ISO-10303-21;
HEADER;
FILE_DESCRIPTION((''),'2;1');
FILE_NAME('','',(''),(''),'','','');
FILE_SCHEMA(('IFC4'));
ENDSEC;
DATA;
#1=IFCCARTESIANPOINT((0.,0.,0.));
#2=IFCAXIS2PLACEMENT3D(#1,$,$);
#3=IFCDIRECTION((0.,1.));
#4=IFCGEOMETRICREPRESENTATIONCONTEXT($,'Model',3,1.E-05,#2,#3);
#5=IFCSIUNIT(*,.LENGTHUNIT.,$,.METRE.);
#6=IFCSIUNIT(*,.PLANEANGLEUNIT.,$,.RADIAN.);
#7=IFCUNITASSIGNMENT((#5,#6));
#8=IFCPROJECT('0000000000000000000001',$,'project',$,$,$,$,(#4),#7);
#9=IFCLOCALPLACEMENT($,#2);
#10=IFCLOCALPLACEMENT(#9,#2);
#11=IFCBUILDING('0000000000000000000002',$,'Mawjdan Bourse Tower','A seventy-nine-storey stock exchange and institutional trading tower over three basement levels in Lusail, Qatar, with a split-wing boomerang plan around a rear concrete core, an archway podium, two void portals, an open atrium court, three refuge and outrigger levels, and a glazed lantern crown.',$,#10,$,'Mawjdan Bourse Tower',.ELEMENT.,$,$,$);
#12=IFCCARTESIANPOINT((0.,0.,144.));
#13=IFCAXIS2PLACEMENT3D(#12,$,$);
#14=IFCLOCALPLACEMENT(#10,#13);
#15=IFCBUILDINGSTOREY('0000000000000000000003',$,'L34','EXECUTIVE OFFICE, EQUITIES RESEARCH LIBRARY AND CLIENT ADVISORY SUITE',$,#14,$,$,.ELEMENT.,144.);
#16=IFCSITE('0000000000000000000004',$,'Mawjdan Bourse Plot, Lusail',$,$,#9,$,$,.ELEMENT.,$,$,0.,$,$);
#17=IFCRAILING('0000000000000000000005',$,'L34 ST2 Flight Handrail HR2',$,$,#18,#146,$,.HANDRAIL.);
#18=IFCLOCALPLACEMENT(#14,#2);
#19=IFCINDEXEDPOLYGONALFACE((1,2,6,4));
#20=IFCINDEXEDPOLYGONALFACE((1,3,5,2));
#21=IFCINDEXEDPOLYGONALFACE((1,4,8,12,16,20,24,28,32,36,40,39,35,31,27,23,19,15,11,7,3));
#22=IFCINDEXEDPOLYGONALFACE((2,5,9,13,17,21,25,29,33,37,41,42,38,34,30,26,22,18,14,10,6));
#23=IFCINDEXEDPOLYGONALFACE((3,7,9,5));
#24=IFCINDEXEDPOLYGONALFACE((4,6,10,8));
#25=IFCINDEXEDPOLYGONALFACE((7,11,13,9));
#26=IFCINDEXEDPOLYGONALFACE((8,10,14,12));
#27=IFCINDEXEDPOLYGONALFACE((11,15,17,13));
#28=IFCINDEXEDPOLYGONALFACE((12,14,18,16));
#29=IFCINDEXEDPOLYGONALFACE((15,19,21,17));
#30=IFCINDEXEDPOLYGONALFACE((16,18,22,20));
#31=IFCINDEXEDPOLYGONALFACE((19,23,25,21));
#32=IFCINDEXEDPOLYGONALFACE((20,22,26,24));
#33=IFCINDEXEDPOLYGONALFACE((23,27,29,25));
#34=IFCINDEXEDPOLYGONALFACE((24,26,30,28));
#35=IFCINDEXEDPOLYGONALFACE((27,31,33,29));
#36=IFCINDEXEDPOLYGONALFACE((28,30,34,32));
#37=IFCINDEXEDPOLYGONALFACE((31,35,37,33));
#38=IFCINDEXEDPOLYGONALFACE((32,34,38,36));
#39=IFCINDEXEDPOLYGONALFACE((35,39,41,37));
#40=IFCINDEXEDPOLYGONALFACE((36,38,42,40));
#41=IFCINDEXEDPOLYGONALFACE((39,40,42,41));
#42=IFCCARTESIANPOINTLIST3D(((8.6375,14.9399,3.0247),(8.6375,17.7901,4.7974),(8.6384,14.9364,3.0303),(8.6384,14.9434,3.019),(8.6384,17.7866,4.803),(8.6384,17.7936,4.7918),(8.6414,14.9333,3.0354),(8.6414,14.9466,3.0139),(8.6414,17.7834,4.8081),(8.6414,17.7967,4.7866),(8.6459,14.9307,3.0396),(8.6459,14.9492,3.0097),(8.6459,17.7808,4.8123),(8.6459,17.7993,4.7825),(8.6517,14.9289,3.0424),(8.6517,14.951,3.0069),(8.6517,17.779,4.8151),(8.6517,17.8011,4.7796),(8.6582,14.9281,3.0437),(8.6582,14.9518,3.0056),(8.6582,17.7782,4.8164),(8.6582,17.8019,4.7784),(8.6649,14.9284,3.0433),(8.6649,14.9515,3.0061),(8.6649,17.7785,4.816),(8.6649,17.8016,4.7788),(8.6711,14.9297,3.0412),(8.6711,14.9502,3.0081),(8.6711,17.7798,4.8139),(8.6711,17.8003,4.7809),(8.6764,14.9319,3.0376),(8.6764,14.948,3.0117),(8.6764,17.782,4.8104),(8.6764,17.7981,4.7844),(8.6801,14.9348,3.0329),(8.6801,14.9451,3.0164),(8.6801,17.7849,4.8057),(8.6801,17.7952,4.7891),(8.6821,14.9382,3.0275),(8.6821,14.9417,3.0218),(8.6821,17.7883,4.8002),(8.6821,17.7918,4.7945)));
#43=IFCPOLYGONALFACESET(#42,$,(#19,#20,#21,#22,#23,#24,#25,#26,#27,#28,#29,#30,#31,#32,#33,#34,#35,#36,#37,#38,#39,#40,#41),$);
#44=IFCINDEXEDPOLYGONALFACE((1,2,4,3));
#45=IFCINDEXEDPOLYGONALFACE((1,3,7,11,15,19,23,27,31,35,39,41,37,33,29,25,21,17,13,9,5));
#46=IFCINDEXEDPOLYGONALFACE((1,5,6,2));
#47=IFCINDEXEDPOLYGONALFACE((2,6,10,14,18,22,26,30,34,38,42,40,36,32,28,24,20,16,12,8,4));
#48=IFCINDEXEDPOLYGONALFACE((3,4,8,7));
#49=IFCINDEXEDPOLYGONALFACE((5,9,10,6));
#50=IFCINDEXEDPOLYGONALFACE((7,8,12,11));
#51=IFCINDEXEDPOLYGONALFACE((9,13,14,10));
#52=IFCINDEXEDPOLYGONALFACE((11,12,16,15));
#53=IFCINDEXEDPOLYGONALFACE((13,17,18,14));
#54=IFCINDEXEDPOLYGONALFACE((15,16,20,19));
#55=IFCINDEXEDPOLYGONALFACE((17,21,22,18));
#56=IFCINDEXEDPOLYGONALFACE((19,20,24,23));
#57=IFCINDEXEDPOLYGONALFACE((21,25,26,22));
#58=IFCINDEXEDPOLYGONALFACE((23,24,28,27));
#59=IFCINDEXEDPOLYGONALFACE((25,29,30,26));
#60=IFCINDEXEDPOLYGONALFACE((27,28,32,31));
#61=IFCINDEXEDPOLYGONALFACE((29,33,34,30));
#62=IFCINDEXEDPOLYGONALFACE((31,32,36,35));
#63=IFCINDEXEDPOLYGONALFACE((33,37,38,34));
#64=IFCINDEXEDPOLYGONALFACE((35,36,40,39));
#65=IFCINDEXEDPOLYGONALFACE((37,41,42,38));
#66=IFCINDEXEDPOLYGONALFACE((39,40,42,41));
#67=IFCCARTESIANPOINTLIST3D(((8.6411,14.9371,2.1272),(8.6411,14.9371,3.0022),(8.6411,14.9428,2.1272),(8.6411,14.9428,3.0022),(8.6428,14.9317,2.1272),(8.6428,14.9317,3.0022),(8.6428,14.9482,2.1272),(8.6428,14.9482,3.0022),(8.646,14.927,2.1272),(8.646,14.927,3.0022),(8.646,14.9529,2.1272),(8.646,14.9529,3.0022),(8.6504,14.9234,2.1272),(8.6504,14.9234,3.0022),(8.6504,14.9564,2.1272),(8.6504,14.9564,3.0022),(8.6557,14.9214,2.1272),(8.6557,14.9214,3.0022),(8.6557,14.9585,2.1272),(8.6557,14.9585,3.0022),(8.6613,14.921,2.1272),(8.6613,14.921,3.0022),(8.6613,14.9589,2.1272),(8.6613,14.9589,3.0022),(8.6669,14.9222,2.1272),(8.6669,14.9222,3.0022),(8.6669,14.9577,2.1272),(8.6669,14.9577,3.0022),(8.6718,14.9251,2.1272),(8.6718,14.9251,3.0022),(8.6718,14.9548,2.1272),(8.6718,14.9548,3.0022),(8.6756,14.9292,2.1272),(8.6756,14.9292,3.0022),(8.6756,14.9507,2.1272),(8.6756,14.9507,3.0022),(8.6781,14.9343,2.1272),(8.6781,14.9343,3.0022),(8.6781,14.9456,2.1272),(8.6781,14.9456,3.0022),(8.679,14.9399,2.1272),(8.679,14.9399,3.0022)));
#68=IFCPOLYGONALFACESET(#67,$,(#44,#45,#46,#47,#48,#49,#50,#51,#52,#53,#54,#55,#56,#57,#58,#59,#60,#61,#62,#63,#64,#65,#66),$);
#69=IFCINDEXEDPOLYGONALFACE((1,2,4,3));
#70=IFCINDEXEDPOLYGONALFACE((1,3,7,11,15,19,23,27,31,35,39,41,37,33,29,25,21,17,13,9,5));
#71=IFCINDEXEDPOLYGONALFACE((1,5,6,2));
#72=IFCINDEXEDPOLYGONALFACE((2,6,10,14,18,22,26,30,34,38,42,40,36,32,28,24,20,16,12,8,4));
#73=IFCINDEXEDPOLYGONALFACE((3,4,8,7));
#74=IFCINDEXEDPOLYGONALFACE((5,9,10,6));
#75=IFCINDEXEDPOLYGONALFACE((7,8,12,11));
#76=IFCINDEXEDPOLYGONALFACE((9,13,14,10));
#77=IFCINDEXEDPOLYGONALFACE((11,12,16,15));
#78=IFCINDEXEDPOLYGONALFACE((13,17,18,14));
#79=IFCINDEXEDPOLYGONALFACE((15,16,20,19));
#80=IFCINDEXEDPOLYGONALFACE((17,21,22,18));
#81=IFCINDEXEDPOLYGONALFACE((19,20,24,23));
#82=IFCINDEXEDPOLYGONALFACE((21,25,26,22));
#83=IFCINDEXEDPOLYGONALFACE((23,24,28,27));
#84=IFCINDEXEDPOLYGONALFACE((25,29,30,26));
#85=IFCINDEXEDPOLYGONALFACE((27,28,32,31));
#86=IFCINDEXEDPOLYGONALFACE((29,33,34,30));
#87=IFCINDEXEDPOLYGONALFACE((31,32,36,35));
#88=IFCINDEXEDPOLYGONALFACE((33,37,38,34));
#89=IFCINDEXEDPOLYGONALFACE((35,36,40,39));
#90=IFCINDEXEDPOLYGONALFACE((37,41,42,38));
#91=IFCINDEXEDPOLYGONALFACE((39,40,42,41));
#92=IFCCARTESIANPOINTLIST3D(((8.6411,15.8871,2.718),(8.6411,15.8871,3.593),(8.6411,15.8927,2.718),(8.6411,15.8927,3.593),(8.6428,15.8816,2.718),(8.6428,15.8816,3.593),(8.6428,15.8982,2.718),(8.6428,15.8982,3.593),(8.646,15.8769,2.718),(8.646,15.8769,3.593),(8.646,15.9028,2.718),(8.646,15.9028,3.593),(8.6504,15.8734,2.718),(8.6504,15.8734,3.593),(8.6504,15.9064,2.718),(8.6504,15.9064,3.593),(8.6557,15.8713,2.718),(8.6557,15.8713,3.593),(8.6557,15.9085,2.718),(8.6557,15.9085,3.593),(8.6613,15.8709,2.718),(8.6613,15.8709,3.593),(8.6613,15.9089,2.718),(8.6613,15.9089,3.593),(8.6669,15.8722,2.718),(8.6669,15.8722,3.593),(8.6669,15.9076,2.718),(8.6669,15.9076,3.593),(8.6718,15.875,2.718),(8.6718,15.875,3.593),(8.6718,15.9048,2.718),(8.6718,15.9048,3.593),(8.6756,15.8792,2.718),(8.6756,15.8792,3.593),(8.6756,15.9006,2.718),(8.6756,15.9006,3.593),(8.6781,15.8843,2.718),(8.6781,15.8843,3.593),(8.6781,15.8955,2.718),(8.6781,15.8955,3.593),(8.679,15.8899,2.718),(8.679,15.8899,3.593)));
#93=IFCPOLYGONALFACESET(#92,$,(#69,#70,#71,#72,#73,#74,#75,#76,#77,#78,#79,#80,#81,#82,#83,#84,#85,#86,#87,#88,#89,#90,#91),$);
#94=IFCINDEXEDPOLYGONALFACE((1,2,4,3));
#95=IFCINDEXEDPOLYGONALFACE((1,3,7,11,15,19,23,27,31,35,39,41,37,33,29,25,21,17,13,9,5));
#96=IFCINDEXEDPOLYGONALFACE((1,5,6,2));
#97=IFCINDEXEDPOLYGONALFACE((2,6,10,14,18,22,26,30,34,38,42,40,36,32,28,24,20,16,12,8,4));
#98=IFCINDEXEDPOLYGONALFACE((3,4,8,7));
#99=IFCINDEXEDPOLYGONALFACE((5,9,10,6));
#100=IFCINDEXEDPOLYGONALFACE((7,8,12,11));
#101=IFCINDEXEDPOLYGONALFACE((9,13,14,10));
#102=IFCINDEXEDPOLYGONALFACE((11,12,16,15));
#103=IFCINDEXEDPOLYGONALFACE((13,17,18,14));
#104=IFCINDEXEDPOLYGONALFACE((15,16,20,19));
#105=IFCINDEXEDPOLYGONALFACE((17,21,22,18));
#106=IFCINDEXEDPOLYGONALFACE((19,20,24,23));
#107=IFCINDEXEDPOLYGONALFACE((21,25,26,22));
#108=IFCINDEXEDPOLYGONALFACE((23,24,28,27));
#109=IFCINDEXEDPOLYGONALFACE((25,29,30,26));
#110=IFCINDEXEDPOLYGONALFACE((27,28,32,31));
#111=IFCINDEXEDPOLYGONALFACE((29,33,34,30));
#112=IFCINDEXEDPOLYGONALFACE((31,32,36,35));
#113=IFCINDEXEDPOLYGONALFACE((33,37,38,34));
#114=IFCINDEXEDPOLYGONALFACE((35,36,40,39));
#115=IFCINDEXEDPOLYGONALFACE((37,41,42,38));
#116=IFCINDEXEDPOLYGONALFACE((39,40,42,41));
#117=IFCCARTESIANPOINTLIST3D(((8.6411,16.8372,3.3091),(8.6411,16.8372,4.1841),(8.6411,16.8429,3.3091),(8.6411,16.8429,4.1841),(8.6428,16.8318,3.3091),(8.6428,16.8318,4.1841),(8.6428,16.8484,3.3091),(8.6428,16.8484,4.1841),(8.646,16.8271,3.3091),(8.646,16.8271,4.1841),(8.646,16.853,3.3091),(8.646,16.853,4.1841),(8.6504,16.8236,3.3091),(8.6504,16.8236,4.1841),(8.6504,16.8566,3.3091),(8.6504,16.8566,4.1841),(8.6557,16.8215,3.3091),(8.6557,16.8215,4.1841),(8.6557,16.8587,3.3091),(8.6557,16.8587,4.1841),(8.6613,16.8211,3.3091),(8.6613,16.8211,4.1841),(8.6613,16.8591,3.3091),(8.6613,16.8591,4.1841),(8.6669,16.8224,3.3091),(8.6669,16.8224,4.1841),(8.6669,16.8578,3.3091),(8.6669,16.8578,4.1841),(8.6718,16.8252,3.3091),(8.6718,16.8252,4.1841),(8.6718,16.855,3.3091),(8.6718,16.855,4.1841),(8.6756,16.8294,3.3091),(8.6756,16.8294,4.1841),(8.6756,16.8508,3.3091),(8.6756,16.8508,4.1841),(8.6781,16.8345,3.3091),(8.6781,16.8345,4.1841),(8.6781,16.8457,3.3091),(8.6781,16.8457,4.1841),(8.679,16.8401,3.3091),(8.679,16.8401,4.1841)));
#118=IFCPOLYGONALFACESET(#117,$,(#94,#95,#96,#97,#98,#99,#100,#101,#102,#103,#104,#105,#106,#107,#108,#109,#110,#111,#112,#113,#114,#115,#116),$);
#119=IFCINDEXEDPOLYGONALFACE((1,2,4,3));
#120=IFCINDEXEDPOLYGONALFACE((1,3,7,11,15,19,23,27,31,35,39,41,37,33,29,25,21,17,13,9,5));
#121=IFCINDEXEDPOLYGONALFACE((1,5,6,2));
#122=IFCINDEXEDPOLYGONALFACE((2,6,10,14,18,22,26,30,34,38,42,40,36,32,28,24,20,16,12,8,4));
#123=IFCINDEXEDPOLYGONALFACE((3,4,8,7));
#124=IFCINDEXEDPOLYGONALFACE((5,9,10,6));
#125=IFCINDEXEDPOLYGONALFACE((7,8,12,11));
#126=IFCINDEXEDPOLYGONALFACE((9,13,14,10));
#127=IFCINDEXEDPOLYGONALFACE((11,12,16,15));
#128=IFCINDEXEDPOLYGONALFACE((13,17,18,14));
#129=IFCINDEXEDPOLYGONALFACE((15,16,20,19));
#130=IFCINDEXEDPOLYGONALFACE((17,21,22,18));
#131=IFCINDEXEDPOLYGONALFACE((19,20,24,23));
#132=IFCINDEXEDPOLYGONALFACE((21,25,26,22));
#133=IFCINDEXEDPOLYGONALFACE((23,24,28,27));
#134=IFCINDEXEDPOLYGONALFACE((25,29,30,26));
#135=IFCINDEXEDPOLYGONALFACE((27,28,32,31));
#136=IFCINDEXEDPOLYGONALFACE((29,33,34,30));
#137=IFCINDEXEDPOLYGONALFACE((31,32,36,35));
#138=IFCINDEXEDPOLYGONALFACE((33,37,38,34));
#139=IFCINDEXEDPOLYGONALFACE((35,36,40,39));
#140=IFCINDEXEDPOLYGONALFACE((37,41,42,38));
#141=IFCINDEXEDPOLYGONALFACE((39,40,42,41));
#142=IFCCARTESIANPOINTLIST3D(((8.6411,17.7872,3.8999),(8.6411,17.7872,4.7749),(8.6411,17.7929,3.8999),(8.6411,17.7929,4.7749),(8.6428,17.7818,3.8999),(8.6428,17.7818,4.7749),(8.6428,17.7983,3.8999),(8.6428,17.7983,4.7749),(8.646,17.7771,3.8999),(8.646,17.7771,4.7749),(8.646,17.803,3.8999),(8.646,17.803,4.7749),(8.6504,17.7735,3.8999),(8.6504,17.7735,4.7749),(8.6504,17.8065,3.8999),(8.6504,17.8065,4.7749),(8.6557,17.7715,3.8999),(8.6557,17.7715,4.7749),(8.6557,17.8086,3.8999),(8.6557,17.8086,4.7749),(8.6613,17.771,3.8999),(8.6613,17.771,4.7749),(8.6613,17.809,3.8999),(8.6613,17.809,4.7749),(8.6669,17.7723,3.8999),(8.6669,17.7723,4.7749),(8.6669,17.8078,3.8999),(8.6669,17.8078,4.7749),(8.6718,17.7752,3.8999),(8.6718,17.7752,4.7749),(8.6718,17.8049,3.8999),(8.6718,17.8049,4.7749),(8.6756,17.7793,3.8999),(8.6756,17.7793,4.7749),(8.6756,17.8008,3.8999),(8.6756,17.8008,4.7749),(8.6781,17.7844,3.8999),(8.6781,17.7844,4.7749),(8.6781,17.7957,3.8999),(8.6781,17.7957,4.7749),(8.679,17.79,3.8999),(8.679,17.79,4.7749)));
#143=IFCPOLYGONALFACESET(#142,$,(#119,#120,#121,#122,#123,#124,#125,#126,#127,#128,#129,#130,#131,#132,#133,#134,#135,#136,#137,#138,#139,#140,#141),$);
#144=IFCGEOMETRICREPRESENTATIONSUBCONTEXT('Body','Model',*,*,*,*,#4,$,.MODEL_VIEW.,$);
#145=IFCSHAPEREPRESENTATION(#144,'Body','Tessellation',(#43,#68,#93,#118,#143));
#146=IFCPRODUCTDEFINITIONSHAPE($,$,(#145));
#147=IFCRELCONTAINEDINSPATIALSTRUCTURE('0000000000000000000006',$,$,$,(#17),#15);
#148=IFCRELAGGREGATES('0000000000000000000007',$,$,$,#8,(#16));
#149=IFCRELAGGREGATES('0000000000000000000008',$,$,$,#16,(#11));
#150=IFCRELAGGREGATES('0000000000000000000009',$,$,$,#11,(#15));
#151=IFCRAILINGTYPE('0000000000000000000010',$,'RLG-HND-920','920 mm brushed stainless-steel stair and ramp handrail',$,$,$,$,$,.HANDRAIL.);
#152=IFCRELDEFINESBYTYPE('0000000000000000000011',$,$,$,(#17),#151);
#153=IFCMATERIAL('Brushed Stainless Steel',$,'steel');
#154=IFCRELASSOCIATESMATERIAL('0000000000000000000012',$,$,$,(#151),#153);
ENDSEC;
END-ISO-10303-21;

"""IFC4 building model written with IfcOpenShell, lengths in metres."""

from ifc_helpers import new_model, si_unit, direction, frame, origin, origin_2d, place, context, subcontext, project, spatial, circle, extrude, material, type_object, element, save


model = new_model("IFC4")

# Units and contexts
model_context = context("Model", 3, precision=1e-05, world=origin(), true_north=direction((0.0, 1.0)))
body_context = subcontext(model_context, "Body", "Model", "MODEL_VIEW")
ifc_project = project(units=[si_unit("LENGTHUNIT", "METRE"), si_unit("PLANEANGLEUNIT", "RADIAN")], contexts=[model_context])

# Site, building, storey
site_placement = place(None, origin())
site = spatial("IfcSite", under=ifc_project, at=site_placement, Name="Mawjdan Bourse Plot, Lusail", CompositionType="ELEMENT", RefElevation=0.0)
building_placement = place(site_placement, origin())
building = spatial("IfcBuilding", under=site, at=building_placement, Name="Mawjdan Bourse Tower", Description="A seventy-nine-storey stock exchange and institutional trading tower over three basement levels in Lusail, Qatar, with a split-wing boomerang plan around a rear concrete core, an archway podium, two void portals, an open atrium court, three refuge and outrigger levels, and a glazed lantern crown.", LongName="Mawjdan Bourse Tower", CompositionType="ELEMENT")
storey_placement = place(building_placement, frame((0.0, 0.0, 144.0)))
storey = spatial("IfcBuildingStorey", under=building, at=storey_placement, Name="L34", Description="EXECUTIVE OFFICE, EQUITIES RESEARCH LIBRARY AND CLIENT ADVISORY SUITE", CompositionType="ELEMENT", Elevation=144.0)

# Shared definitions
ifc_material_1 = material(Name="Brushed Stainless Steel", Category="steel")

# Railing
railing_type_1 = type_object("IfcRailingType", Name="RLG-HND-920", Description="920 mm brushed stainless-steel stair and ramp handrail", PredefinedType="HANDRAIL", material=ifc_material_1)
railing_placement = place(storey_placement, frame((8.6599, 14.9399, 2.1272)))
element("IfcRailing", 1, at=railing_placement, inside=storey, type_object=railing_type_1, Name="L34 ST2 Flight Handrail HR2", PredefinedType="HANDRAIL", context=body_context, shape_type="SweptSolid", body=[
    extrude(circle(Radius=0.0225, at=origin_2d()), frame((0.0, 0.0, 0.8975), z_axis=(0.0, 0.849149, 0.528154), x_axis=(-1.0, 0.0, 0.0)), (0.0, 0.0, 1.0), 3.3564),
    extrude(circle(Radius=0.019, at=origin_2d()), origin(), (0.0, 0.0, 1.0), 0.875),
    extrude(circle(Radius=0.019, at=origin_2d()), frame((0.0, 0.95, 0.5908)), (0.0, 0.0, 1.0), 0.875),
    extrude(circle(Radius=0.019, at=origin_2d()), frame((0.0, 1.9001, 1.1819)), (0.0, 0.0, 1.0), 0.875),
    extrude(circle(Radius=0.019, at=origin_2d()), frame((0.0, 2.8501, 1.7727)), (0.0, 0.0, 1.0), 0.875),
])

save(model, "model.ifc")
